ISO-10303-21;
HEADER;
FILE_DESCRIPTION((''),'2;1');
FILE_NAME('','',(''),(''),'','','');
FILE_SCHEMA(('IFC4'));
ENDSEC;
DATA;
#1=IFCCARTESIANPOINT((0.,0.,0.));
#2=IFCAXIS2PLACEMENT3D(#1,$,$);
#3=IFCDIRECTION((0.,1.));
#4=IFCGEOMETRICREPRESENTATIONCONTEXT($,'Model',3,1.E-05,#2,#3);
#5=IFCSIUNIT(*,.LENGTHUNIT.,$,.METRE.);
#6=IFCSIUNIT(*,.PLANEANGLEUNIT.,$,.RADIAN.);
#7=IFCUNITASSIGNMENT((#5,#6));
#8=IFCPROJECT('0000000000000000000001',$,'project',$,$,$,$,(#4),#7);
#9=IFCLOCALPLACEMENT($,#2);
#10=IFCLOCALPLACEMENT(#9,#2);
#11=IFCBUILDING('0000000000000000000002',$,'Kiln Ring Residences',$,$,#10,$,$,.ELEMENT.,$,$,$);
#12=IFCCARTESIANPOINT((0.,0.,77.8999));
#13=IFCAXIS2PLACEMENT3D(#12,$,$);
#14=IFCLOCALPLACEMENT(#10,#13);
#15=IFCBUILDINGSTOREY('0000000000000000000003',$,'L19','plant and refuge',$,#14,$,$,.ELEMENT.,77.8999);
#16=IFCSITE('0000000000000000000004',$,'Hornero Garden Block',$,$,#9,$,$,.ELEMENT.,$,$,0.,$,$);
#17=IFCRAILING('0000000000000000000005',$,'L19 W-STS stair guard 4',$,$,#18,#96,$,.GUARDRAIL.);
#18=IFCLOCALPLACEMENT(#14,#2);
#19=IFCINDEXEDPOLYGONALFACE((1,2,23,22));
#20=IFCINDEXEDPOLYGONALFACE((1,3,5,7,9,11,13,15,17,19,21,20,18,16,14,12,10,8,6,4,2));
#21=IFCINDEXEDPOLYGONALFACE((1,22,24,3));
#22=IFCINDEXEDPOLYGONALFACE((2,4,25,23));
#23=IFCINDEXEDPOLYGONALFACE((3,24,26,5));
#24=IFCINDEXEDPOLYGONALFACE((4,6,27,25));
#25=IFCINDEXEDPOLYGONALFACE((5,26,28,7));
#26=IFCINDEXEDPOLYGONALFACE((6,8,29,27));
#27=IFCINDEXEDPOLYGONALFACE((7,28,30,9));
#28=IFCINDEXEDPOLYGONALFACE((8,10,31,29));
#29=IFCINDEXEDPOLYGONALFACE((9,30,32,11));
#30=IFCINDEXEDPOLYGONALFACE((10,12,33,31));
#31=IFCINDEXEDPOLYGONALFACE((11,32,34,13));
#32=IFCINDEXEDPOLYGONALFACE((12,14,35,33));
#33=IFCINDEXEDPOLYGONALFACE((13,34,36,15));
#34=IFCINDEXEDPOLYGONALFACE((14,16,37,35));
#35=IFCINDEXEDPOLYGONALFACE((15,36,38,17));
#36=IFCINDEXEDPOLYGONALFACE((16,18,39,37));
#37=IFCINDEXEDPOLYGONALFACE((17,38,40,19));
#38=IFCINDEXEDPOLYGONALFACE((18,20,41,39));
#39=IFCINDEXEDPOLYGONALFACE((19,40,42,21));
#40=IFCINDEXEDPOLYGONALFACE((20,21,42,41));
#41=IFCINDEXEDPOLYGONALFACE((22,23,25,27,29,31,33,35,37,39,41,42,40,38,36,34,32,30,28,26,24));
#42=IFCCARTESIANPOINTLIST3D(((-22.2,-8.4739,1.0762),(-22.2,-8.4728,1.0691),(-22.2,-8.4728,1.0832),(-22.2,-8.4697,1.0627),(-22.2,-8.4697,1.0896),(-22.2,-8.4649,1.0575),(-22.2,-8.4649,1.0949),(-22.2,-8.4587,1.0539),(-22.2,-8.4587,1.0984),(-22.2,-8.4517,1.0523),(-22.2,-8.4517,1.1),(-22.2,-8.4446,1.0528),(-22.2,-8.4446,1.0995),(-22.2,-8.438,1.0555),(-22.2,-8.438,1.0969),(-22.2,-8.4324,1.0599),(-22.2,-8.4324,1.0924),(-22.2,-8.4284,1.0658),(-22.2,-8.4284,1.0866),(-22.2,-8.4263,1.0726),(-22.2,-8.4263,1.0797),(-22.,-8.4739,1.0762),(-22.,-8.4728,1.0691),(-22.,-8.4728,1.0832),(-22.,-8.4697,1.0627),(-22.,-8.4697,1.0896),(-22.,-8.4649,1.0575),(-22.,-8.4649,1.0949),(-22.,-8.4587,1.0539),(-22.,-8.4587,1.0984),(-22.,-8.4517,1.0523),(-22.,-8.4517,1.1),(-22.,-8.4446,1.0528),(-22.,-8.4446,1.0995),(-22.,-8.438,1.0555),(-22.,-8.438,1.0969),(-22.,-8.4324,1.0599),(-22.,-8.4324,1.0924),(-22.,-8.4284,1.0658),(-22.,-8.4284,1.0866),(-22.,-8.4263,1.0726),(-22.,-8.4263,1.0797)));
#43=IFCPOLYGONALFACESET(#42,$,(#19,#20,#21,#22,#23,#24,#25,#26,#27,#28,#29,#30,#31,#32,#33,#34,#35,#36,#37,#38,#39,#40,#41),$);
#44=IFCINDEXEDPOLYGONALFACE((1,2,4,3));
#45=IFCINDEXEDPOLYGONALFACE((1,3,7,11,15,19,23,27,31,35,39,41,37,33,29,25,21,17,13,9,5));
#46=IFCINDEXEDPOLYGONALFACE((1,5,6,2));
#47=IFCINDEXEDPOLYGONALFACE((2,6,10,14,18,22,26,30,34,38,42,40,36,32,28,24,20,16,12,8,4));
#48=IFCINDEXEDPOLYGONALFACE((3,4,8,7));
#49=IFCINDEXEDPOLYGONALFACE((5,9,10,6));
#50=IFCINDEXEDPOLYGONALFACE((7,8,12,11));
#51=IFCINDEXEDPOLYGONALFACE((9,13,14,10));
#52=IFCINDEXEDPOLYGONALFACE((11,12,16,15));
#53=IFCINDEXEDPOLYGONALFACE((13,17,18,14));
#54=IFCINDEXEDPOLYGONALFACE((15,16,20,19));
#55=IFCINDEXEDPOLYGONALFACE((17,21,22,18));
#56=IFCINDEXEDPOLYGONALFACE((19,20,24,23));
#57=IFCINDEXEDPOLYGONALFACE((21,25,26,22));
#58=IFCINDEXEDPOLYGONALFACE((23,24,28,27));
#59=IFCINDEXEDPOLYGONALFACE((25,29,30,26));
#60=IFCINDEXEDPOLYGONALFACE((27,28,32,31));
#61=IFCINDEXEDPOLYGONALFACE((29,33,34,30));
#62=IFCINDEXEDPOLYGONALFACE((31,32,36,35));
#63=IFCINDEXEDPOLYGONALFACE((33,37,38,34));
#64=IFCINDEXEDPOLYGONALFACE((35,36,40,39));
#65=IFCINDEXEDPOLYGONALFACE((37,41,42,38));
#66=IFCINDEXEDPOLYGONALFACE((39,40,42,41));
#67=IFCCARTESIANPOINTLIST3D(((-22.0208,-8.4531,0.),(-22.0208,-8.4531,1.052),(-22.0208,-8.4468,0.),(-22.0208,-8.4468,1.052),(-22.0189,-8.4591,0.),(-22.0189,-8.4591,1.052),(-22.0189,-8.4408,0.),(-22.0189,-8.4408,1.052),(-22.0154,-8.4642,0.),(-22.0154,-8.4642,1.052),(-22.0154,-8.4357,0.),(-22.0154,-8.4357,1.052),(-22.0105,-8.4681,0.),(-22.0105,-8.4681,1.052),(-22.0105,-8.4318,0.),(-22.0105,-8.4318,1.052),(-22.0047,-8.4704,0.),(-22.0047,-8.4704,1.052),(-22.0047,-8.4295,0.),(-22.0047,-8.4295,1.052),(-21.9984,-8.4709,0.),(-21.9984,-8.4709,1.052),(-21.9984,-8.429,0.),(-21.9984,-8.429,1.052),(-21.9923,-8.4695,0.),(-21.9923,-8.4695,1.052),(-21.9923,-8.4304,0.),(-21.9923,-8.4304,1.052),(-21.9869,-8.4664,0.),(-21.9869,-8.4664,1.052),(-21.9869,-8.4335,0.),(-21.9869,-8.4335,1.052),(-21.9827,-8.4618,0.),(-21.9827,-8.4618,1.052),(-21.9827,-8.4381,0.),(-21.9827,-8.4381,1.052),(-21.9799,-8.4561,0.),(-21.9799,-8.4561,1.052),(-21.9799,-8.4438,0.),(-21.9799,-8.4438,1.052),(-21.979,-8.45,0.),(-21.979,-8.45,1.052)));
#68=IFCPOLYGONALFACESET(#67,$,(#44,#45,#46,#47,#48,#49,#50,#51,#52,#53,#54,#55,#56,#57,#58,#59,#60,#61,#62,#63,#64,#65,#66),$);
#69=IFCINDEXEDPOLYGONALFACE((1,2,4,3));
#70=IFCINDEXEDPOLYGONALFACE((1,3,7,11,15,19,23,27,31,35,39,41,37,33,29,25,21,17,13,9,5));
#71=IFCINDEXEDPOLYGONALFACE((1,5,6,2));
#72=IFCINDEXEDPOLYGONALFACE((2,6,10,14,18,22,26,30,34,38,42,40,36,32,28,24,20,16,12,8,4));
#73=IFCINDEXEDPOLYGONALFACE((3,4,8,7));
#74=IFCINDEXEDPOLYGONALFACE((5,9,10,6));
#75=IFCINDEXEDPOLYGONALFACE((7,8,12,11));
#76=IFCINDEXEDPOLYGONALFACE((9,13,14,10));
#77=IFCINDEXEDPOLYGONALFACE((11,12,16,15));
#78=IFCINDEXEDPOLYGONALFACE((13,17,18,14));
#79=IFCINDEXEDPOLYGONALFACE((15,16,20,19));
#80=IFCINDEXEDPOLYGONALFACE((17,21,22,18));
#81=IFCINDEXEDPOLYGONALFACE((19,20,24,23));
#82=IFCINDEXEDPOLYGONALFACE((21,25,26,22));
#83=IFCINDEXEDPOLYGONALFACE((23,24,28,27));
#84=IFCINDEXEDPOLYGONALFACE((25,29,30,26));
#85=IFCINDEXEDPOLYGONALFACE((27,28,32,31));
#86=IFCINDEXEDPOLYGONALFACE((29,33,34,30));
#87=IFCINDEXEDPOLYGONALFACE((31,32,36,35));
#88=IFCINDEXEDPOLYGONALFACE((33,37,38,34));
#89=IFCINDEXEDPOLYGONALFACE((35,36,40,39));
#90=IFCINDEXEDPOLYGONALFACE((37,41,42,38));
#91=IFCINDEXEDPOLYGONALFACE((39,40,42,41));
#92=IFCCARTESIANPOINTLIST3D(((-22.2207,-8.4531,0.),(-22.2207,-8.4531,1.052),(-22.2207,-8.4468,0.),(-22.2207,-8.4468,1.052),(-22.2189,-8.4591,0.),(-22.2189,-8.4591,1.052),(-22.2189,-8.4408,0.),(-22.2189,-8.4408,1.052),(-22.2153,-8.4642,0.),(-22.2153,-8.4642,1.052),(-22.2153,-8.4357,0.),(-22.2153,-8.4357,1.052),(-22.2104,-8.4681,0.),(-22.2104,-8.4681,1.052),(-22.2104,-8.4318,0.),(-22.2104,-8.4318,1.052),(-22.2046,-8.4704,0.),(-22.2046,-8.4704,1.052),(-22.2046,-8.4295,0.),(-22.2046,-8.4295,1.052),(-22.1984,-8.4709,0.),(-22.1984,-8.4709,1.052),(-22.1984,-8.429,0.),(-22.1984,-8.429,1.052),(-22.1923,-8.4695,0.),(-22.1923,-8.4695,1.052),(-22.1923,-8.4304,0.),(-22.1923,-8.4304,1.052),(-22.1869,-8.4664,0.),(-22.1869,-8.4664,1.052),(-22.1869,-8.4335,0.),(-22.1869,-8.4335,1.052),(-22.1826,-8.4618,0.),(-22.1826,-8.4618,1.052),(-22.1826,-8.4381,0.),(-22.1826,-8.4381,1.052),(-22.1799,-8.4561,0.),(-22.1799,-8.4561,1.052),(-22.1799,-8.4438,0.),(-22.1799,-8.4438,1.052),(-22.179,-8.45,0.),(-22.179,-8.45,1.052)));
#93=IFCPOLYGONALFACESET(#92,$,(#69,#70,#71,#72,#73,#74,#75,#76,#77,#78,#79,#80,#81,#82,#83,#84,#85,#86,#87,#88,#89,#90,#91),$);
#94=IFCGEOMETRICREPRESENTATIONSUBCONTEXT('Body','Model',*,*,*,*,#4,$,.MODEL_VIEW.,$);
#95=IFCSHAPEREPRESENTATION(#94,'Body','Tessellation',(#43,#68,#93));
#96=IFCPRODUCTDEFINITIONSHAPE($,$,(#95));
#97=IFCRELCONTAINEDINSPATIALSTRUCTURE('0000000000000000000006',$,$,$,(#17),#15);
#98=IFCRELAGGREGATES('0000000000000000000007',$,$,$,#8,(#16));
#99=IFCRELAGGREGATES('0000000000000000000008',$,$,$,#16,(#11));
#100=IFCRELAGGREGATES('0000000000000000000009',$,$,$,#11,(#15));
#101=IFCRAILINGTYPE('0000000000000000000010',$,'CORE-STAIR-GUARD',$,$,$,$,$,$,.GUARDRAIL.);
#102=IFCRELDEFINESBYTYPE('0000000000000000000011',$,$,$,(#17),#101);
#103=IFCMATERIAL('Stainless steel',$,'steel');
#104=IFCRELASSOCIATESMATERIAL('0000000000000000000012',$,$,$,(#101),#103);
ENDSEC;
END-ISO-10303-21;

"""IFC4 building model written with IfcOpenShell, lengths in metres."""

from ifc_helpers import new_model, si_unit, direction, frame, origin, origin_2d, place, context, subcontext, project, spatial, circle, extrude, material, type_object, element, save


model = new_model("IFC4")

# Units and contexts
model_context = context("Model", 3, precision=1e-05, world=origin(), true_north=direction((0.0, 1.0)))
body_context = subcontext(model_context, "Body", "Model", "MODEL_VIEW")
ifc_project = project(units=[si_unit("LENGTHUNIT", "METRE"), si_unit("PLANEANGLEUNIT", "RADIAN")], contexts=[model_context])

# Site, building, storey
site_placement = place(None, origin())
site = spatial("IfcSite", under=ifc_project, at=site_placement, Name="Hornero Garden Block", CompositionType="ELEMENT", RefElevation=0.0)
building_placement = place(site_placement, origin())
building = spatial("IfcBuilding", under=site, at=building_placement, Name="Kiln Ring Residences", CompositionType="ELEMENT")
storey_placement = place(building_placement, frame((0.0, 0.0, 77.8999)))
storey = spatial("IfcBuildingStorey", under=building, at=storey_placement, Name="L19", Description="plant and refuge", CompositionType="ELEMENT", Elevation=77.8999)

# Railing
ifc_material_1 = material(Name="Stainless steel", Category="steel")
railing_type_1 = type_object("IfcRailingType", Name="CORE-STAIR-GUARD", PredefinedType="GUARDRAIL", material=ifc_material_1)
railing_1_placement = place(storey_placement, frame((-22.0, -8.45, 0.0)))
element("IfcRailing", 1, at=railing_1_placement, inside=storey, type_object=railing_type_1, Name="L19 W-STS stair guard 4", PredefinedType="GUARDRAIL", context=body_context, shape_type="SweptSolid", body=[
    extrude(circle(Radius=0.0239, at=origin_2d()), frame((0.0, 0.0, 1.0762), z_axis=(-1.0, 0.0, 0.0), x_axis=(0.0, -1.0, 0.0)), (0.0, 0.0, 1.0), 0.2),
    extrude(circle(Radius=0.021, at=origin_2d()), origin(), (0.0, 0.0, 1.0), 1.052),
    extrude(circle(Radius=0.021, at=origin_2d()), frame((-0.2, 0.0, 0.0)), (0.0, 0.0, 1.0), 1.052),
])

save(model, "model.ifc")
